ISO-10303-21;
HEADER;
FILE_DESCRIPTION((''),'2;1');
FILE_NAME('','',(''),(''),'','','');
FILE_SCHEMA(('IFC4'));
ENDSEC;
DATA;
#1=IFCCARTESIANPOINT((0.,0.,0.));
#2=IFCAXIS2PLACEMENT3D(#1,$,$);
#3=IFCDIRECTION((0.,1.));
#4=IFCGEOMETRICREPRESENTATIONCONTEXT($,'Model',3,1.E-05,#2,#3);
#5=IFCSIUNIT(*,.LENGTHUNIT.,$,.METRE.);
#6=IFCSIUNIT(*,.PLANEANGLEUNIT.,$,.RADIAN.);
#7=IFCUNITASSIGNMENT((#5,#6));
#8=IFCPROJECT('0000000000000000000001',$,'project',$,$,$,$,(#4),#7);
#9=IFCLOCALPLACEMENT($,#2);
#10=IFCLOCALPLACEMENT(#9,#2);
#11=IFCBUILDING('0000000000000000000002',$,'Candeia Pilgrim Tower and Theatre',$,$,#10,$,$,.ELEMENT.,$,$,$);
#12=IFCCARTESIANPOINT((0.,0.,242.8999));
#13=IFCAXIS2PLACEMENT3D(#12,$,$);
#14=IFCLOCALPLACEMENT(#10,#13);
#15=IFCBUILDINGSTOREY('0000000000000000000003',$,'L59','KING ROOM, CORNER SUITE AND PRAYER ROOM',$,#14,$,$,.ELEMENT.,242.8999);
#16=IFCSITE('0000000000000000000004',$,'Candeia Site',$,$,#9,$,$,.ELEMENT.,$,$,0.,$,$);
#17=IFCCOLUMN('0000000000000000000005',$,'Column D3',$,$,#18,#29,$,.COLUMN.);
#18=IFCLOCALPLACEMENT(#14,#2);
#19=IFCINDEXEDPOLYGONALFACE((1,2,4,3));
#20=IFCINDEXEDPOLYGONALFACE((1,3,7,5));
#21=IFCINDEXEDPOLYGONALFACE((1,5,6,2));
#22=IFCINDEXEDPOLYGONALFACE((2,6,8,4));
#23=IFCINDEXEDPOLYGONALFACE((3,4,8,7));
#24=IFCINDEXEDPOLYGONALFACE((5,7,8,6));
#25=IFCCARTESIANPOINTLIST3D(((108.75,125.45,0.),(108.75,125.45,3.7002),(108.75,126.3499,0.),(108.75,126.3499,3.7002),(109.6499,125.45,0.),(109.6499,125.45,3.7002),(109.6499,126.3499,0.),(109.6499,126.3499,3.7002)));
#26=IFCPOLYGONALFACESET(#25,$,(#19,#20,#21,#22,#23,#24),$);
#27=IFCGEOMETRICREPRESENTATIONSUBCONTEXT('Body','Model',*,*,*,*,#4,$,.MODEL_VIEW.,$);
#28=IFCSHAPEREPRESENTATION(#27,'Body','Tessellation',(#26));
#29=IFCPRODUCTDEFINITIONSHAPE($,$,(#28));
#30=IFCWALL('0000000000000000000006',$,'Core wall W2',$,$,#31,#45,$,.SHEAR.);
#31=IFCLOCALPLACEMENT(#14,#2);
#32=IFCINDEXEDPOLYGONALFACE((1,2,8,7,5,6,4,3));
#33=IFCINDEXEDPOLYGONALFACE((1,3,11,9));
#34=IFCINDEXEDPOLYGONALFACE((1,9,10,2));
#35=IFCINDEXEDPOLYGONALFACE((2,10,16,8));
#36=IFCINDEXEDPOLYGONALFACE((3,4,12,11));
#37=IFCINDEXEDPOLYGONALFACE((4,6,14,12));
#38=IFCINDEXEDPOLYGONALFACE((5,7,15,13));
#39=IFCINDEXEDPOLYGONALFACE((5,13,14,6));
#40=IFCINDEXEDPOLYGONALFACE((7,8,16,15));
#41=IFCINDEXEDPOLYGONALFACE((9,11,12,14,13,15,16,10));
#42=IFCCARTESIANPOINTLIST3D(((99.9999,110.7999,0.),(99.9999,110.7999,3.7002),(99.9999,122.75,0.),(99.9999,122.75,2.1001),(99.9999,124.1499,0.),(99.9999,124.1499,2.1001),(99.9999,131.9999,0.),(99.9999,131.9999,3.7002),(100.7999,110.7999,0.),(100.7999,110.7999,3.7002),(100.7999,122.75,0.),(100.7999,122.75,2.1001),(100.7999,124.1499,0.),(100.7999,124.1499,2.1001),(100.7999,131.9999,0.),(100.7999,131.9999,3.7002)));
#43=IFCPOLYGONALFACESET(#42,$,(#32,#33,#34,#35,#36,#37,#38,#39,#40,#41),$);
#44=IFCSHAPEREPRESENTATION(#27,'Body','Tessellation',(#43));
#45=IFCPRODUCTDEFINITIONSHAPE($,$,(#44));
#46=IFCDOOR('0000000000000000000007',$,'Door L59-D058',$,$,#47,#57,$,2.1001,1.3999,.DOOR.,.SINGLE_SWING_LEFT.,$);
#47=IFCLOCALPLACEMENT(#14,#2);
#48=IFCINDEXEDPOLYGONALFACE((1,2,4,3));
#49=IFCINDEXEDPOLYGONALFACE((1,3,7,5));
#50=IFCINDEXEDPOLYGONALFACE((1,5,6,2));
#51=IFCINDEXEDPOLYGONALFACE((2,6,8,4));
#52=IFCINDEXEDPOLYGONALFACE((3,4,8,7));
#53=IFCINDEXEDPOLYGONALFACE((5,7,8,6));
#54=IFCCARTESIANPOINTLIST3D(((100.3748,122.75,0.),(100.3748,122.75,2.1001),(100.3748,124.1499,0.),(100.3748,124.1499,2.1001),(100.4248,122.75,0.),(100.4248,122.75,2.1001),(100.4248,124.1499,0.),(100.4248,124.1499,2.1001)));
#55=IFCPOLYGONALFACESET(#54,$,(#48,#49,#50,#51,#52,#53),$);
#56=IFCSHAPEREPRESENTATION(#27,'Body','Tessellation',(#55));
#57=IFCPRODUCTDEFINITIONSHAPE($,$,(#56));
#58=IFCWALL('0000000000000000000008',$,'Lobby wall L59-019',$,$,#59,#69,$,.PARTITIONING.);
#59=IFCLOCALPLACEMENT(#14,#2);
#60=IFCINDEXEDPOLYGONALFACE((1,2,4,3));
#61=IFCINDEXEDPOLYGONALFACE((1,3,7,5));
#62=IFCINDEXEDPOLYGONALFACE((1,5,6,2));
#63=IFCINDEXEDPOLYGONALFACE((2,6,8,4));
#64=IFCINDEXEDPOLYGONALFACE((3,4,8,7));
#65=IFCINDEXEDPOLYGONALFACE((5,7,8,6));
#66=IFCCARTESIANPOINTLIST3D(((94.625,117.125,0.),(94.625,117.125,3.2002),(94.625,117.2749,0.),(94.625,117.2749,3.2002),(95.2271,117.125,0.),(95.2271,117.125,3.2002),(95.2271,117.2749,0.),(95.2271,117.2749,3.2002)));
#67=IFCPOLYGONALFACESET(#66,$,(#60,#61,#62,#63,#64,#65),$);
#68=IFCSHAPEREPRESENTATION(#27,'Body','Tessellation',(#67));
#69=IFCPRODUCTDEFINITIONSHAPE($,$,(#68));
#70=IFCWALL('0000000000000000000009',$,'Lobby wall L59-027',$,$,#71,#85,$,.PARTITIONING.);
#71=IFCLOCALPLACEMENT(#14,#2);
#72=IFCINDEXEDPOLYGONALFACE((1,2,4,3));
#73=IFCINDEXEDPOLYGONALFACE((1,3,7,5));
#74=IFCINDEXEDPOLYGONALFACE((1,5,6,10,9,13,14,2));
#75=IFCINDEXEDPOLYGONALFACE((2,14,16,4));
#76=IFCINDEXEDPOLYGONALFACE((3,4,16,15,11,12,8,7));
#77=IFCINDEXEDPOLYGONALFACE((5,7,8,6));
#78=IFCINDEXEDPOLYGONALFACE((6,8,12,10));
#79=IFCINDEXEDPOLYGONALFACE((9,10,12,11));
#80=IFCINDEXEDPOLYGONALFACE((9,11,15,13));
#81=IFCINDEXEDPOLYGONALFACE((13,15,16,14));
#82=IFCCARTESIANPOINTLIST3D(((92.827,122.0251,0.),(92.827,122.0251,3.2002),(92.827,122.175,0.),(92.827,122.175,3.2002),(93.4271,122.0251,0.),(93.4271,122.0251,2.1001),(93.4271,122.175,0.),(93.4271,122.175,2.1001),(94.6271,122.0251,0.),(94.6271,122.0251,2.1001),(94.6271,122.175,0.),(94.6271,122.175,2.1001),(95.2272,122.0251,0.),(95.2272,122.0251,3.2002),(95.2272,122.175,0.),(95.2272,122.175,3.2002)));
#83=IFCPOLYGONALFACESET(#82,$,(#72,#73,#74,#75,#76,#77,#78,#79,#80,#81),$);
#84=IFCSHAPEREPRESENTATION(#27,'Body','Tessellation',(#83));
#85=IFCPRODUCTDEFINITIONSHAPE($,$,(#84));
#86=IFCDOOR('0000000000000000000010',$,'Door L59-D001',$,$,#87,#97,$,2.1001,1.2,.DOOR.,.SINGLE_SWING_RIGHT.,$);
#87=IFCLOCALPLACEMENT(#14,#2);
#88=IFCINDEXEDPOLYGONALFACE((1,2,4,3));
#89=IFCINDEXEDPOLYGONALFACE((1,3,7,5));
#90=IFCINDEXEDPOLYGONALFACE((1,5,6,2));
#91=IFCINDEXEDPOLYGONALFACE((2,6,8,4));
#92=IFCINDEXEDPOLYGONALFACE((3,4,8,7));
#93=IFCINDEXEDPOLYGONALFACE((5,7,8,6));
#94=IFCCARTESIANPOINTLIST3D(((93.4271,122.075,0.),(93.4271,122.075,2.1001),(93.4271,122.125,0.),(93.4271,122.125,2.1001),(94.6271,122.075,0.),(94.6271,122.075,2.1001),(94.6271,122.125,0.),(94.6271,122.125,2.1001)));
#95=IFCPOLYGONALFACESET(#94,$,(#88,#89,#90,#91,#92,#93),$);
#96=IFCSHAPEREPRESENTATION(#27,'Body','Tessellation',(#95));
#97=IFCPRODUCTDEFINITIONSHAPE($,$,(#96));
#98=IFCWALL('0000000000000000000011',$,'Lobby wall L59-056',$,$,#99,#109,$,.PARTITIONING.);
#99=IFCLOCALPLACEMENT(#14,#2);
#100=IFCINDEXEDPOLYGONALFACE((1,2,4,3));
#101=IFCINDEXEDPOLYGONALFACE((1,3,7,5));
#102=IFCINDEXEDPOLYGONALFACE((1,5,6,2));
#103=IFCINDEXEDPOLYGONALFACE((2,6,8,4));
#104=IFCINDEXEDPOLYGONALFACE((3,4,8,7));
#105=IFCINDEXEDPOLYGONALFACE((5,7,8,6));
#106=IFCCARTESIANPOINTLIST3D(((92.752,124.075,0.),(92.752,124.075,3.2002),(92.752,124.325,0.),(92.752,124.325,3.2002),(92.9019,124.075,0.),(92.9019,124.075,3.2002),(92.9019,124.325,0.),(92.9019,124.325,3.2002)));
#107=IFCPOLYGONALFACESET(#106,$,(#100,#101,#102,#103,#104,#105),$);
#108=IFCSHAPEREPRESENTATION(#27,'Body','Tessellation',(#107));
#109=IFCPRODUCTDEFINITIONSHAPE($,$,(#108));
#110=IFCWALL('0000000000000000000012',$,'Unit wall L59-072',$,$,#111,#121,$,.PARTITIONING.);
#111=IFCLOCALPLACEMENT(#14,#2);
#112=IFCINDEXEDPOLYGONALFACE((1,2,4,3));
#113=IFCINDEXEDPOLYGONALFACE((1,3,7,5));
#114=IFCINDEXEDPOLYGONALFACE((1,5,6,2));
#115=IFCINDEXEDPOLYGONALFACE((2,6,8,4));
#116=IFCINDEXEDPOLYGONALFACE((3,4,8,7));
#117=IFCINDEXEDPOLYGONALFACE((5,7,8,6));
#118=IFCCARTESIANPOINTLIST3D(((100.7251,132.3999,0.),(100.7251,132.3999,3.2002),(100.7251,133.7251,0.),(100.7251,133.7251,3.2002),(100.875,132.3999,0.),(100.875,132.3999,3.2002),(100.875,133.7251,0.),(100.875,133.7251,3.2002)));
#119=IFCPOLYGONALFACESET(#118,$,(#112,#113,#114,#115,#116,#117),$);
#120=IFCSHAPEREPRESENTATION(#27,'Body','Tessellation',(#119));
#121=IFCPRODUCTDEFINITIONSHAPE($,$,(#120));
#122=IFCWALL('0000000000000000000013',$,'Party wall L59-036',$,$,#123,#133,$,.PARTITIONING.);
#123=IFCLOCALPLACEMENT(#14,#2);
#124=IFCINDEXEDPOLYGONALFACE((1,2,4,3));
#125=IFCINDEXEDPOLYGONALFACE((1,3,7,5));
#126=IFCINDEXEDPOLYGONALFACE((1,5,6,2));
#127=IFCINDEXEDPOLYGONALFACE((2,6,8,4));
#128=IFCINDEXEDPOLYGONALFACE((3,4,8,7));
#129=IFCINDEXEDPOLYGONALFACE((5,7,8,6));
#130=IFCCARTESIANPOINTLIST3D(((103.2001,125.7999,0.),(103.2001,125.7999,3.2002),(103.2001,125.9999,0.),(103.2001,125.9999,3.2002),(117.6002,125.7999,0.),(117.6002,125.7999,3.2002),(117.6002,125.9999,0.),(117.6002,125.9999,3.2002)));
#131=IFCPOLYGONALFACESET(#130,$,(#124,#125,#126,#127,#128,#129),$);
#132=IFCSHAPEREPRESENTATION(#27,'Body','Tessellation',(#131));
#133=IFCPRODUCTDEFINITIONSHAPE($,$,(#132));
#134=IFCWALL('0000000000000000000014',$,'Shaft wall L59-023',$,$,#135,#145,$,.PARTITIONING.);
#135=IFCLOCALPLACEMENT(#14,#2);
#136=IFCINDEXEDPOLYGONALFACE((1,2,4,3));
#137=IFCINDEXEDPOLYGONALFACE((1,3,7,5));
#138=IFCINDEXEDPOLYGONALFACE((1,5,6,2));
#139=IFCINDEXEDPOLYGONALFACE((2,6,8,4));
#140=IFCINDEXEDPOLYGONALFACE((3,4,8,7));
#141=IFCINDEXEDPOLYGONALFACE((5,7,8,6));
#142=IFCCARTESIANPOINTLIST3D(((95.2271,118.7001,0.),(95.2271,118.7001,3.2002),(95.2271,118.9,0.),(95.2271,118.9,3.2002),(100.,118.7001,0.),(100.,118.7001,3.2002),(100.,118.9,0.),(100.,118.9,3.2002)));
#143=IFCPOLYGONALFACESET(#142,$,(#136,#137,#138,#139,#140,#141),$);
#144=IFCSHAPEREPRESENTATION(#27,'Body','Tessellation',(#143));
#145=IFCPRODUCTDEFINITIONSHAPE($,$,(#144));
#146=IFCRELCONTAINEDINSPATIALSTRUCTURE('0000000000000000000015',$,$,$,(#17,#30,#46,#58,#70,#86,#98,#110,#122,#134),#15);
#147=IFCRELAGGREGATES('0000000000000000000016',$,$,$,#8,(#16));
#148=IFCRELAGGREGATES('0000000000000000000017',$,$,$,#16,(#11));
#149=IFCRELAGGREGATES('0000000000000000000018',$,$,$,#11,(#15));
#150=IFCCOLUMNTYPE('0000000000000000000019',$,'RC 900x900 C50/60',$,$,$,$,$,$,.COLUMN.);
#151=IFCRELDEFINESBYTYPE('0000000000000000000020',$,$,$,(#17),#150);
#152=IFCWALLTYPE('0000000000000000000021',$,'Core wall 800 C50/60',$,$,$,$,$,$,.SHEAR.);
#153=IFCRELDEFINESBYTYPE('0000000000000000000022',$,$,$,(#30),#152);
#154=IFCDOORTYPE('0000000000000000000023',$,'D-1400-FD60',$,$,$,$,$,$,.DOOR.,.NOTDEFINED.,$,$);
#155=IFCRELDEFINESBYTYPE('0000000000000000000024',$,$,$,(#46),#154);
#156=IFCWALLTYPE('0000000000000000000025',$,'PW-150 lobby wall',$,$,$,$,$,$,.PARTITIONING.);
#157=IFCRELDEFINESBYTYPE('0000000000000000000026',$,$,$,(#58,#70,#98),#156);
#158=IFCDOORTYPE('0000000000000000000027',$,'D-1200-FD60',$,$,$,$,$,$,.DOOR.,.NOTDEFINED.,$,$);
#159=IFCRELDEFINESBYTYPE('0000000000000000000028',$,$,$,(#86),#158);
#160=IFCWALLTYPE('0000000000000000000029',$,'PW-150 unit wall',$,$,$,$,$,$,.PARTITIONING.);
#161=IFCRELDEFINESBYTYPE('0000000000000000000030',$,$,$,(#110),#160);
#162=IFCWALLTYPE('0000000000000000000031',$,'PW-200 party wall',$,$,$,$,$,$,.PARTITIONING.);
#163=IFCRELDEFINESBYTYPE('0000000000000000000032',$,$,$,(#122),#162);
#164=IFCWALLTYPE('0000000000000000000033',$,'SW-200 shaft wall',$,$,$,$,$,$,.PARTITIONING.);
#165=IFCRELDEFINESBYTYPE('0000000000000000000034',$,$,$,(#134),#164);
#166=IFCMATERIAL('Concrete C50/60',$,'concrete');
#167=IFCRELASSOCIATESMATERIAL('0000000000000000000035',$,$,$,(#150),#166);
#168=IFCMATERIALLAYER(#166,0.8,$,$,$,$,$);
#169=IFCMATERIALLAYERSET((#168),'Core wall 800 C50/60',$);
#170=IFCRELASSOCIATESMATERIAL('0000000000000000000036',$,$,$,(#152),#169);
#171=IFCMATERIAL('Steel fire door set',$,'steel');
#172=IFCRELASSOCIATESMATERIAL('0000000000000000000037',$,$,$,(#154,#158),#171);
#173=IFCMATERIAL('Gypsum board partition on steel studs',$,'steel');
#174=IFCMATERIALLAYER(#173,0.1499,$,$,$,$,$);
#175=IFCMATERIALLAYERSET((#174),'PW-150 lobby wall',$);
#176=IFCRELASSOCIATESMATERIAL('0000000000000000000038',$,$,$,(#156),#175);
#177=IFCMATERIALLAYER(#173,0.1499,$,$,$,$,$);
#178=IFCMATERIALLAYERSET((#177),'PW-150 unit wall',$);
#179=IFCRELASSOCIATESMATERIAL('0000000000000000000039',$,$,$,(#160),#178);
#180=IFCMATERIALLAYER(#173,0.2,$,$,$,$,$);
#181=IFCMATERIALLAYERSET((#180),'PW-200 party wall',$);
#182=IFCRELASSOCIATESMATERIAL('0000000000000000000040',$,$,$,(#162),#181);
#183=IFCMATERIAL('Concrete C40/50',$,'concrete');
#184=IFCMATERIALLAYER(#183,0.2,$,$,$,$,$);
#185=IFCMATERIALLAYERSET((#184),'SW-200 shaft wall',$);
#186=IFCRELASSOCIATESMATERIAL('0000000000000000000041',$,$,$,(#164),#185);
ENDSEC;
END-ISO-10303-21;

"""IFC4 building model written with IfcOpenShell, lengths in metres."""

from ifc_helpers import new_model, si_unit, direction, frame, frame_2d, origin, origin_2d, place, context, subcontext, project, spatial, rectangle, extrude, material, layer, layer_set, material_profile, profile_set, type_object, element, fill, save


model = new_model("IFC4")

# Units and contexts
model_context = context("Model", 3, precision=1e-05, world=origin(), true_north=direction((0.0, 1.0)))
body_context = subcontext(model_context, "Body", "Model", "MODEL_VIEW")
ifc_project = project(units=[si_unit("LENGTHUNIT", "METRE"), si_unit("PLANEANGLEUNIT", "RADIAN")], contexts=[model_context])

# Site, building, storey
site_placement = place(None, origin())
site = spatial("IfcSite", under=ifc_project, at=site_placement, Name="Candeia Site", CompositionType="ELEMENT", RefElevation=0.0)
building_placement = place(site_placement, origin())
building = spatial("IfcBuilding", under=site, at=building_placement, Name="Candeia Pilgrim Tower and Theatre", CompositionType="ELEMENT")
storey_placement = place(building_placement, frame((0.0, 0.0, 242.8999)))
storey = spatial("IfcBuildingStorey", under=building, at=storey_placement, Name="L59", Description="KING ROOM, CORNER SUITE AND PRAYER ROOM", CompositionType="ELEMENT", Elevation=242.8999)

# Column
ifc_material_1 = material(Name="Concrete C50/60", Category="concrete")
ifc_material_profile = material_profile(ifc_material_1, rectangle(XDim=0.8999, YDim=0.8999, at=origin_2d()))
ifc_profile_set = profile_set([ifc_material_profile], Name="Concrete C50/60")
column_type = type_object("IfcColumnType", Name="RC 900x900 C50/60", PredefinedType="COLUMN", material=ifc_profile_set)
column_placement = place(storey_placement, frame((109.2, 125.8999, 0.0), z_axis=(0.0, 0.0, 1.0), x_axis=(1.0, 0.0, 0.0)))
element("IfcColumn", 1, at=column_placement, inside=storey, type_object=column_type, Name="Column D3", PredefinedType="COLUMN", context=body_context, shape_type="SweptSolid", body=[
    extrude(rectangle(XDim=0.8999, YDim=0.8999, at=origin_2d()), origin(), (0.0, 0.0, 1.0), 3.7002),
])

# Wall, opening, door
ifc_layer_1 = layer(ifc_material_1, 0.8)
ifc_layer_set_1 = layer_set([ifc_layer_1], Name="Core wall 800 C50/60")
wall_type_1 = type_object("IfcWallType", Name="Core wall 800 C50/60", PredefinedType="SHEAR", material=ifc_layer_set_1)
wall_1_placement = place(storey_placement, frame((100.3999, 132.0, 0.0), z_axis=(0.0, 0.0, 1.0), x_axis=(0.0, -1.0, 0.0)))
wall_1 = element("IfcWall", 2, at=wall_1_placement, inside=storey, type_object=wall_type_1, Name="Core wall W2", PredefinedType="SHEAR", context=body_context, shape_type="SweptSolid", body=[
    extrude(rectangle(XDim=21.2, YDim=0.8, at=frame_2d((10.6001, 0.0))), origin(), (0.0, 0.0, 1.0), 3.7002),
])
opening_1_placement = place(wall_1_placement, frame((7.8501, 0.0, 0.0)))
opening_1 = element("IfcOpeningElement", 3, at=opening_1_placement, cuts=wall_1, PredefinedType="OPENING", context=body_context, shape_type="SweptSolid", body=[
    extrude(rectangle(XDim=1.3999, YDim=2.1001, at=frame_2d((0.7, 1.05))), frame((0.0, 0.4102, 0.0), z_axis=(0.0, -1.0, 0.0), x_axis=(1.0, 0.0, 0.0)), (0.0, 0.0, 1.0), 0.8201),
])
ifc_material_2 = material(Name="Steel fire door set", Category="steel")
door_type_1 = type_object("IfcDoorType", Name="D-1400-FD60", OperationType="NOTDEFINED", PredefinedType="DOOR", material=ifc_material_2)
door_1_placement = place(opening_1_placement, origin())
door_1 = element("IfcDoor", 4, at=door_1_placement, inside=storey, type_object=door_type_1, Name="Door L59-D058", OperationType="SINGLE_SWING_LEFT", OverallHeight=2.1001, OverallWidth=1.3999, PredefinedType="DOOR", context=body_context, shape_type="SweptSolid", body=[
    extrude(rectangle(XDim=1.3999, YDim=2.1001, at=frame_2d((0.7, 1.05))), frame((0.0, 0.0249, 0.0), z_axis=(0.0, -1.0, 0.0), x_axis=(1.0, 0.0, 0.0)), (0.0, 0.0, 1.0), 0.05),
])
fill(opening_1, door_1)

# Wall
ifc_material_3 = material(Name="Gypsum board partition on steel studs", Category="steel")
ifc_layer_2 = layer(ifc_material_3, 0.1499)
ifc_layer_set_2 = layer_set([ifc_layer_2], Name="PW-150 lobby wall")
wall_type_2 = type_object("IfcWallType", Name="PW-150 lobby wall", PredefinedType="PARTITIONING", material=ifc_layer_set_2)
wall_2_placement = place(storey_placement, frame((94.625, 117.2, 0.0), z_axis=(0.0, 0.0, 1.0), x_axis=(1.0, 0.0, 0.0)))
element("IfcWall", 5, at=wall_2_placement, inside=storey, type_object=wall_type_2, Name="Lobby wall L59-019", PredefinedType="PARTITIONING", context=body_context, shape_type="SweptSolid", body=[
    extrude(rectangle(XDim=0.6021, YDim=0.1499, at=frame_2d((0.301, 0.0))), origin(), (0.0, 0.0, 1.0), 3.2002),
])

# Wall, opening, door
wall_3_placement = place(storey_placement, frame((92.8269, 122.1001, 0.0), z_axis=(0.0, 0.0, 1.0), x_axis=(1.0, 0.0, 0.0)))
wall_3 = element("IfcWall", 6, at=wall_3_placement, inside=storey, type_object=wall_type_2, Name="Lobby wall L59-027", PredefinedType="PARTITIONING", context=body_context, shape_type="SweptSolid", body=[
    extrude(rectangle(XDim=2.4001, YDim=0.1499, at=frame_2d((1.2002, 0.0))), origin(), (0.0, 0.0, 1.0), 3.2002),
])
opening_2_placement = place(wall_3_placement, frame((0.6001, 0.0, 0.0)))
opening_2 = element("IfcOpeningElement", 7, at=opening_2_placement, cuts=wall_3, PredefinedType="OPENING", context=body_context, shape_type="SweptSolid", body=[
    extrude(rectangle(XDim=1.2, YDim=2.1001, at=frame_2d((0.6001, 1.05))), frame((0.0, 0.085, 0.0), z_axis=(0.0, -1.0, 0.0), x_axis=(1.0, 0.0, 0.0)), (0.0, 0.0, 1.0), 0.1699),
])
door_type_2 = type_object("IfcDoorType", Name="D-1200-FD60", OperationType="NOTDEFINED", PredefinedType="DOOR", material=ifc_material_2)
door_2_placement = place(opening_2_placement, origin())
door_2 = element("IfcDoor", 8, at=door_2_placement, inside=storey, type_object=door_type_2, Name="Door L59-D001", OperationType="SINGLE_SWING_RIGHT", OverallHeight=2.1001, OverallWidth=1.2, PredefinedType="DOOR", context=body_context, shape_type="SweptSolid", body=[
    extrude(rectangle(XDim=1.2, YDim=2.1001, at=frame_2d((0.6001, 1.05))), frame((0.0, 0.0249, 0.0), z_axis=(0.0, -1.0, 0.0), x_axis=(1.0, 0.0, 0.0)), (0.0, 0.0, 1.0), 0.05),
])
fill(opening_2, door_2)

# Walls
wall_4_placement = place(storey_placement, frame((92.8269, 124.075, 0.0), z_axis=(0.0, 0.0, 1.0), x_axis=(0.0, 1.0, 0.0)))
element("IfcWall", 9, at=wall_4_placement, inside=storey, type_object=wall_type_2, Name="Lobby wall L59-056", PredefinedType="PARTITIONING", context=body_context, shape_type="SweptSolid", body=[
    extrude(rectangle(XDim=0.25, YDim=0.1499, at=frame_2d((0.125, 0.0))), origin(), (0.0, 0.0, 1.0), 3.2002),
])
ifc_layer_3 = layer(ifc_material_3, 0.1499)
ifc_layer_set_3 = layer_set([ifc_layer_3], Name="PW-150 unit wall")
wall_type_3 = type_object("IfcWallType", Name="PW-150 unit wall", PredefinedType="PARTITIONING", material=ifc_layer_set_3)
wall_5_placement = place(storey_placement, frame((100.8, 132.3999, 0.0), z_axis=(0.0, 0.0, 1.0), x_axis=(0.0, 1.0, 0.0)))
element("IfcWall", 10, at=wall_5_placement, inside=storey, type_object=wall_type_3, Name="Unit wall L59-072", PredefinedType="PARTITIONING", context=body_context, shape_type="SweptSolid", body=[
    extrude(rectangle(XDim=1.3252, YDim=0.1499, at=frame_2d((0.6626, 0.0))), origin(), (0.0, 0.0, 1.0), 3.2002),
])
ifc_layer_4 = layer(ifc_material_3, 0.2)
ifc_layer_set_4 = layer_set([ifc_layer_4], Name="PW-200 party wall")
wall_type_4 = type_object("IfcWallType", Name="PW-200 party wall", PredefinedType="PARTITIONING", material=ifc_layer_set_4)
wall_6_placement = place(storey_placement, frame((103.2, 125.8999, 0.0), z_axis=(0.0, 0.0, 1.0), x_axis=(1.0, 0.0, 0.0)))
element("IfcWall", 11, at=wall_6_placement, inside=storey, type_object=wall_type_4, Name="Party wall L59-036", PredefinedType="PARTITIONING", context=body_context, shape_type="SweptSolid", body=[
    extrude(rectangle(XDim=14.4001, YDim=0.2, at=frame_2d((7.2002, 0.0))), origin(), (0.0, 0.0, 1.0), 3.2002),
])
ifc_material_4 = material(Name="Concrete C40/50", Category="concrete")
ifc_layer_5 = layer(ifc_material_4, 0.2)
ifc_layer_set_5 = layer_set([ifc_layer_5], Name="SW-200 shaft wall")
wall_type_5 = type_object("IfcWallType", Name="SW-200 shaft wall", PredefinedType="PARTITIONING", material=ifc_layer_set_5)
wall_7_placement = place(storey_placement, frame((95.2271, 118.8, 0.0), z_axis=(0.0, 0.0, 1.0), x_axis=(1.0, 0.0, 0.0)))
element("IfcWall", 12, at=wall_7_placement, inside=storey, type_object=wall_type_5, Name="Shaft wall L59-023", PredefinedType="PARTITIONING", context=body_context, shape_type="SweptSolid", body=[
    extrude(rectangle(XDim=4.7729, YDim=0.2, at=frame_2d((2.3865, 0.0))), origin(), (0.0, 0.0, 1.0), 3.2002),
])

save(model, "model.ifc")
